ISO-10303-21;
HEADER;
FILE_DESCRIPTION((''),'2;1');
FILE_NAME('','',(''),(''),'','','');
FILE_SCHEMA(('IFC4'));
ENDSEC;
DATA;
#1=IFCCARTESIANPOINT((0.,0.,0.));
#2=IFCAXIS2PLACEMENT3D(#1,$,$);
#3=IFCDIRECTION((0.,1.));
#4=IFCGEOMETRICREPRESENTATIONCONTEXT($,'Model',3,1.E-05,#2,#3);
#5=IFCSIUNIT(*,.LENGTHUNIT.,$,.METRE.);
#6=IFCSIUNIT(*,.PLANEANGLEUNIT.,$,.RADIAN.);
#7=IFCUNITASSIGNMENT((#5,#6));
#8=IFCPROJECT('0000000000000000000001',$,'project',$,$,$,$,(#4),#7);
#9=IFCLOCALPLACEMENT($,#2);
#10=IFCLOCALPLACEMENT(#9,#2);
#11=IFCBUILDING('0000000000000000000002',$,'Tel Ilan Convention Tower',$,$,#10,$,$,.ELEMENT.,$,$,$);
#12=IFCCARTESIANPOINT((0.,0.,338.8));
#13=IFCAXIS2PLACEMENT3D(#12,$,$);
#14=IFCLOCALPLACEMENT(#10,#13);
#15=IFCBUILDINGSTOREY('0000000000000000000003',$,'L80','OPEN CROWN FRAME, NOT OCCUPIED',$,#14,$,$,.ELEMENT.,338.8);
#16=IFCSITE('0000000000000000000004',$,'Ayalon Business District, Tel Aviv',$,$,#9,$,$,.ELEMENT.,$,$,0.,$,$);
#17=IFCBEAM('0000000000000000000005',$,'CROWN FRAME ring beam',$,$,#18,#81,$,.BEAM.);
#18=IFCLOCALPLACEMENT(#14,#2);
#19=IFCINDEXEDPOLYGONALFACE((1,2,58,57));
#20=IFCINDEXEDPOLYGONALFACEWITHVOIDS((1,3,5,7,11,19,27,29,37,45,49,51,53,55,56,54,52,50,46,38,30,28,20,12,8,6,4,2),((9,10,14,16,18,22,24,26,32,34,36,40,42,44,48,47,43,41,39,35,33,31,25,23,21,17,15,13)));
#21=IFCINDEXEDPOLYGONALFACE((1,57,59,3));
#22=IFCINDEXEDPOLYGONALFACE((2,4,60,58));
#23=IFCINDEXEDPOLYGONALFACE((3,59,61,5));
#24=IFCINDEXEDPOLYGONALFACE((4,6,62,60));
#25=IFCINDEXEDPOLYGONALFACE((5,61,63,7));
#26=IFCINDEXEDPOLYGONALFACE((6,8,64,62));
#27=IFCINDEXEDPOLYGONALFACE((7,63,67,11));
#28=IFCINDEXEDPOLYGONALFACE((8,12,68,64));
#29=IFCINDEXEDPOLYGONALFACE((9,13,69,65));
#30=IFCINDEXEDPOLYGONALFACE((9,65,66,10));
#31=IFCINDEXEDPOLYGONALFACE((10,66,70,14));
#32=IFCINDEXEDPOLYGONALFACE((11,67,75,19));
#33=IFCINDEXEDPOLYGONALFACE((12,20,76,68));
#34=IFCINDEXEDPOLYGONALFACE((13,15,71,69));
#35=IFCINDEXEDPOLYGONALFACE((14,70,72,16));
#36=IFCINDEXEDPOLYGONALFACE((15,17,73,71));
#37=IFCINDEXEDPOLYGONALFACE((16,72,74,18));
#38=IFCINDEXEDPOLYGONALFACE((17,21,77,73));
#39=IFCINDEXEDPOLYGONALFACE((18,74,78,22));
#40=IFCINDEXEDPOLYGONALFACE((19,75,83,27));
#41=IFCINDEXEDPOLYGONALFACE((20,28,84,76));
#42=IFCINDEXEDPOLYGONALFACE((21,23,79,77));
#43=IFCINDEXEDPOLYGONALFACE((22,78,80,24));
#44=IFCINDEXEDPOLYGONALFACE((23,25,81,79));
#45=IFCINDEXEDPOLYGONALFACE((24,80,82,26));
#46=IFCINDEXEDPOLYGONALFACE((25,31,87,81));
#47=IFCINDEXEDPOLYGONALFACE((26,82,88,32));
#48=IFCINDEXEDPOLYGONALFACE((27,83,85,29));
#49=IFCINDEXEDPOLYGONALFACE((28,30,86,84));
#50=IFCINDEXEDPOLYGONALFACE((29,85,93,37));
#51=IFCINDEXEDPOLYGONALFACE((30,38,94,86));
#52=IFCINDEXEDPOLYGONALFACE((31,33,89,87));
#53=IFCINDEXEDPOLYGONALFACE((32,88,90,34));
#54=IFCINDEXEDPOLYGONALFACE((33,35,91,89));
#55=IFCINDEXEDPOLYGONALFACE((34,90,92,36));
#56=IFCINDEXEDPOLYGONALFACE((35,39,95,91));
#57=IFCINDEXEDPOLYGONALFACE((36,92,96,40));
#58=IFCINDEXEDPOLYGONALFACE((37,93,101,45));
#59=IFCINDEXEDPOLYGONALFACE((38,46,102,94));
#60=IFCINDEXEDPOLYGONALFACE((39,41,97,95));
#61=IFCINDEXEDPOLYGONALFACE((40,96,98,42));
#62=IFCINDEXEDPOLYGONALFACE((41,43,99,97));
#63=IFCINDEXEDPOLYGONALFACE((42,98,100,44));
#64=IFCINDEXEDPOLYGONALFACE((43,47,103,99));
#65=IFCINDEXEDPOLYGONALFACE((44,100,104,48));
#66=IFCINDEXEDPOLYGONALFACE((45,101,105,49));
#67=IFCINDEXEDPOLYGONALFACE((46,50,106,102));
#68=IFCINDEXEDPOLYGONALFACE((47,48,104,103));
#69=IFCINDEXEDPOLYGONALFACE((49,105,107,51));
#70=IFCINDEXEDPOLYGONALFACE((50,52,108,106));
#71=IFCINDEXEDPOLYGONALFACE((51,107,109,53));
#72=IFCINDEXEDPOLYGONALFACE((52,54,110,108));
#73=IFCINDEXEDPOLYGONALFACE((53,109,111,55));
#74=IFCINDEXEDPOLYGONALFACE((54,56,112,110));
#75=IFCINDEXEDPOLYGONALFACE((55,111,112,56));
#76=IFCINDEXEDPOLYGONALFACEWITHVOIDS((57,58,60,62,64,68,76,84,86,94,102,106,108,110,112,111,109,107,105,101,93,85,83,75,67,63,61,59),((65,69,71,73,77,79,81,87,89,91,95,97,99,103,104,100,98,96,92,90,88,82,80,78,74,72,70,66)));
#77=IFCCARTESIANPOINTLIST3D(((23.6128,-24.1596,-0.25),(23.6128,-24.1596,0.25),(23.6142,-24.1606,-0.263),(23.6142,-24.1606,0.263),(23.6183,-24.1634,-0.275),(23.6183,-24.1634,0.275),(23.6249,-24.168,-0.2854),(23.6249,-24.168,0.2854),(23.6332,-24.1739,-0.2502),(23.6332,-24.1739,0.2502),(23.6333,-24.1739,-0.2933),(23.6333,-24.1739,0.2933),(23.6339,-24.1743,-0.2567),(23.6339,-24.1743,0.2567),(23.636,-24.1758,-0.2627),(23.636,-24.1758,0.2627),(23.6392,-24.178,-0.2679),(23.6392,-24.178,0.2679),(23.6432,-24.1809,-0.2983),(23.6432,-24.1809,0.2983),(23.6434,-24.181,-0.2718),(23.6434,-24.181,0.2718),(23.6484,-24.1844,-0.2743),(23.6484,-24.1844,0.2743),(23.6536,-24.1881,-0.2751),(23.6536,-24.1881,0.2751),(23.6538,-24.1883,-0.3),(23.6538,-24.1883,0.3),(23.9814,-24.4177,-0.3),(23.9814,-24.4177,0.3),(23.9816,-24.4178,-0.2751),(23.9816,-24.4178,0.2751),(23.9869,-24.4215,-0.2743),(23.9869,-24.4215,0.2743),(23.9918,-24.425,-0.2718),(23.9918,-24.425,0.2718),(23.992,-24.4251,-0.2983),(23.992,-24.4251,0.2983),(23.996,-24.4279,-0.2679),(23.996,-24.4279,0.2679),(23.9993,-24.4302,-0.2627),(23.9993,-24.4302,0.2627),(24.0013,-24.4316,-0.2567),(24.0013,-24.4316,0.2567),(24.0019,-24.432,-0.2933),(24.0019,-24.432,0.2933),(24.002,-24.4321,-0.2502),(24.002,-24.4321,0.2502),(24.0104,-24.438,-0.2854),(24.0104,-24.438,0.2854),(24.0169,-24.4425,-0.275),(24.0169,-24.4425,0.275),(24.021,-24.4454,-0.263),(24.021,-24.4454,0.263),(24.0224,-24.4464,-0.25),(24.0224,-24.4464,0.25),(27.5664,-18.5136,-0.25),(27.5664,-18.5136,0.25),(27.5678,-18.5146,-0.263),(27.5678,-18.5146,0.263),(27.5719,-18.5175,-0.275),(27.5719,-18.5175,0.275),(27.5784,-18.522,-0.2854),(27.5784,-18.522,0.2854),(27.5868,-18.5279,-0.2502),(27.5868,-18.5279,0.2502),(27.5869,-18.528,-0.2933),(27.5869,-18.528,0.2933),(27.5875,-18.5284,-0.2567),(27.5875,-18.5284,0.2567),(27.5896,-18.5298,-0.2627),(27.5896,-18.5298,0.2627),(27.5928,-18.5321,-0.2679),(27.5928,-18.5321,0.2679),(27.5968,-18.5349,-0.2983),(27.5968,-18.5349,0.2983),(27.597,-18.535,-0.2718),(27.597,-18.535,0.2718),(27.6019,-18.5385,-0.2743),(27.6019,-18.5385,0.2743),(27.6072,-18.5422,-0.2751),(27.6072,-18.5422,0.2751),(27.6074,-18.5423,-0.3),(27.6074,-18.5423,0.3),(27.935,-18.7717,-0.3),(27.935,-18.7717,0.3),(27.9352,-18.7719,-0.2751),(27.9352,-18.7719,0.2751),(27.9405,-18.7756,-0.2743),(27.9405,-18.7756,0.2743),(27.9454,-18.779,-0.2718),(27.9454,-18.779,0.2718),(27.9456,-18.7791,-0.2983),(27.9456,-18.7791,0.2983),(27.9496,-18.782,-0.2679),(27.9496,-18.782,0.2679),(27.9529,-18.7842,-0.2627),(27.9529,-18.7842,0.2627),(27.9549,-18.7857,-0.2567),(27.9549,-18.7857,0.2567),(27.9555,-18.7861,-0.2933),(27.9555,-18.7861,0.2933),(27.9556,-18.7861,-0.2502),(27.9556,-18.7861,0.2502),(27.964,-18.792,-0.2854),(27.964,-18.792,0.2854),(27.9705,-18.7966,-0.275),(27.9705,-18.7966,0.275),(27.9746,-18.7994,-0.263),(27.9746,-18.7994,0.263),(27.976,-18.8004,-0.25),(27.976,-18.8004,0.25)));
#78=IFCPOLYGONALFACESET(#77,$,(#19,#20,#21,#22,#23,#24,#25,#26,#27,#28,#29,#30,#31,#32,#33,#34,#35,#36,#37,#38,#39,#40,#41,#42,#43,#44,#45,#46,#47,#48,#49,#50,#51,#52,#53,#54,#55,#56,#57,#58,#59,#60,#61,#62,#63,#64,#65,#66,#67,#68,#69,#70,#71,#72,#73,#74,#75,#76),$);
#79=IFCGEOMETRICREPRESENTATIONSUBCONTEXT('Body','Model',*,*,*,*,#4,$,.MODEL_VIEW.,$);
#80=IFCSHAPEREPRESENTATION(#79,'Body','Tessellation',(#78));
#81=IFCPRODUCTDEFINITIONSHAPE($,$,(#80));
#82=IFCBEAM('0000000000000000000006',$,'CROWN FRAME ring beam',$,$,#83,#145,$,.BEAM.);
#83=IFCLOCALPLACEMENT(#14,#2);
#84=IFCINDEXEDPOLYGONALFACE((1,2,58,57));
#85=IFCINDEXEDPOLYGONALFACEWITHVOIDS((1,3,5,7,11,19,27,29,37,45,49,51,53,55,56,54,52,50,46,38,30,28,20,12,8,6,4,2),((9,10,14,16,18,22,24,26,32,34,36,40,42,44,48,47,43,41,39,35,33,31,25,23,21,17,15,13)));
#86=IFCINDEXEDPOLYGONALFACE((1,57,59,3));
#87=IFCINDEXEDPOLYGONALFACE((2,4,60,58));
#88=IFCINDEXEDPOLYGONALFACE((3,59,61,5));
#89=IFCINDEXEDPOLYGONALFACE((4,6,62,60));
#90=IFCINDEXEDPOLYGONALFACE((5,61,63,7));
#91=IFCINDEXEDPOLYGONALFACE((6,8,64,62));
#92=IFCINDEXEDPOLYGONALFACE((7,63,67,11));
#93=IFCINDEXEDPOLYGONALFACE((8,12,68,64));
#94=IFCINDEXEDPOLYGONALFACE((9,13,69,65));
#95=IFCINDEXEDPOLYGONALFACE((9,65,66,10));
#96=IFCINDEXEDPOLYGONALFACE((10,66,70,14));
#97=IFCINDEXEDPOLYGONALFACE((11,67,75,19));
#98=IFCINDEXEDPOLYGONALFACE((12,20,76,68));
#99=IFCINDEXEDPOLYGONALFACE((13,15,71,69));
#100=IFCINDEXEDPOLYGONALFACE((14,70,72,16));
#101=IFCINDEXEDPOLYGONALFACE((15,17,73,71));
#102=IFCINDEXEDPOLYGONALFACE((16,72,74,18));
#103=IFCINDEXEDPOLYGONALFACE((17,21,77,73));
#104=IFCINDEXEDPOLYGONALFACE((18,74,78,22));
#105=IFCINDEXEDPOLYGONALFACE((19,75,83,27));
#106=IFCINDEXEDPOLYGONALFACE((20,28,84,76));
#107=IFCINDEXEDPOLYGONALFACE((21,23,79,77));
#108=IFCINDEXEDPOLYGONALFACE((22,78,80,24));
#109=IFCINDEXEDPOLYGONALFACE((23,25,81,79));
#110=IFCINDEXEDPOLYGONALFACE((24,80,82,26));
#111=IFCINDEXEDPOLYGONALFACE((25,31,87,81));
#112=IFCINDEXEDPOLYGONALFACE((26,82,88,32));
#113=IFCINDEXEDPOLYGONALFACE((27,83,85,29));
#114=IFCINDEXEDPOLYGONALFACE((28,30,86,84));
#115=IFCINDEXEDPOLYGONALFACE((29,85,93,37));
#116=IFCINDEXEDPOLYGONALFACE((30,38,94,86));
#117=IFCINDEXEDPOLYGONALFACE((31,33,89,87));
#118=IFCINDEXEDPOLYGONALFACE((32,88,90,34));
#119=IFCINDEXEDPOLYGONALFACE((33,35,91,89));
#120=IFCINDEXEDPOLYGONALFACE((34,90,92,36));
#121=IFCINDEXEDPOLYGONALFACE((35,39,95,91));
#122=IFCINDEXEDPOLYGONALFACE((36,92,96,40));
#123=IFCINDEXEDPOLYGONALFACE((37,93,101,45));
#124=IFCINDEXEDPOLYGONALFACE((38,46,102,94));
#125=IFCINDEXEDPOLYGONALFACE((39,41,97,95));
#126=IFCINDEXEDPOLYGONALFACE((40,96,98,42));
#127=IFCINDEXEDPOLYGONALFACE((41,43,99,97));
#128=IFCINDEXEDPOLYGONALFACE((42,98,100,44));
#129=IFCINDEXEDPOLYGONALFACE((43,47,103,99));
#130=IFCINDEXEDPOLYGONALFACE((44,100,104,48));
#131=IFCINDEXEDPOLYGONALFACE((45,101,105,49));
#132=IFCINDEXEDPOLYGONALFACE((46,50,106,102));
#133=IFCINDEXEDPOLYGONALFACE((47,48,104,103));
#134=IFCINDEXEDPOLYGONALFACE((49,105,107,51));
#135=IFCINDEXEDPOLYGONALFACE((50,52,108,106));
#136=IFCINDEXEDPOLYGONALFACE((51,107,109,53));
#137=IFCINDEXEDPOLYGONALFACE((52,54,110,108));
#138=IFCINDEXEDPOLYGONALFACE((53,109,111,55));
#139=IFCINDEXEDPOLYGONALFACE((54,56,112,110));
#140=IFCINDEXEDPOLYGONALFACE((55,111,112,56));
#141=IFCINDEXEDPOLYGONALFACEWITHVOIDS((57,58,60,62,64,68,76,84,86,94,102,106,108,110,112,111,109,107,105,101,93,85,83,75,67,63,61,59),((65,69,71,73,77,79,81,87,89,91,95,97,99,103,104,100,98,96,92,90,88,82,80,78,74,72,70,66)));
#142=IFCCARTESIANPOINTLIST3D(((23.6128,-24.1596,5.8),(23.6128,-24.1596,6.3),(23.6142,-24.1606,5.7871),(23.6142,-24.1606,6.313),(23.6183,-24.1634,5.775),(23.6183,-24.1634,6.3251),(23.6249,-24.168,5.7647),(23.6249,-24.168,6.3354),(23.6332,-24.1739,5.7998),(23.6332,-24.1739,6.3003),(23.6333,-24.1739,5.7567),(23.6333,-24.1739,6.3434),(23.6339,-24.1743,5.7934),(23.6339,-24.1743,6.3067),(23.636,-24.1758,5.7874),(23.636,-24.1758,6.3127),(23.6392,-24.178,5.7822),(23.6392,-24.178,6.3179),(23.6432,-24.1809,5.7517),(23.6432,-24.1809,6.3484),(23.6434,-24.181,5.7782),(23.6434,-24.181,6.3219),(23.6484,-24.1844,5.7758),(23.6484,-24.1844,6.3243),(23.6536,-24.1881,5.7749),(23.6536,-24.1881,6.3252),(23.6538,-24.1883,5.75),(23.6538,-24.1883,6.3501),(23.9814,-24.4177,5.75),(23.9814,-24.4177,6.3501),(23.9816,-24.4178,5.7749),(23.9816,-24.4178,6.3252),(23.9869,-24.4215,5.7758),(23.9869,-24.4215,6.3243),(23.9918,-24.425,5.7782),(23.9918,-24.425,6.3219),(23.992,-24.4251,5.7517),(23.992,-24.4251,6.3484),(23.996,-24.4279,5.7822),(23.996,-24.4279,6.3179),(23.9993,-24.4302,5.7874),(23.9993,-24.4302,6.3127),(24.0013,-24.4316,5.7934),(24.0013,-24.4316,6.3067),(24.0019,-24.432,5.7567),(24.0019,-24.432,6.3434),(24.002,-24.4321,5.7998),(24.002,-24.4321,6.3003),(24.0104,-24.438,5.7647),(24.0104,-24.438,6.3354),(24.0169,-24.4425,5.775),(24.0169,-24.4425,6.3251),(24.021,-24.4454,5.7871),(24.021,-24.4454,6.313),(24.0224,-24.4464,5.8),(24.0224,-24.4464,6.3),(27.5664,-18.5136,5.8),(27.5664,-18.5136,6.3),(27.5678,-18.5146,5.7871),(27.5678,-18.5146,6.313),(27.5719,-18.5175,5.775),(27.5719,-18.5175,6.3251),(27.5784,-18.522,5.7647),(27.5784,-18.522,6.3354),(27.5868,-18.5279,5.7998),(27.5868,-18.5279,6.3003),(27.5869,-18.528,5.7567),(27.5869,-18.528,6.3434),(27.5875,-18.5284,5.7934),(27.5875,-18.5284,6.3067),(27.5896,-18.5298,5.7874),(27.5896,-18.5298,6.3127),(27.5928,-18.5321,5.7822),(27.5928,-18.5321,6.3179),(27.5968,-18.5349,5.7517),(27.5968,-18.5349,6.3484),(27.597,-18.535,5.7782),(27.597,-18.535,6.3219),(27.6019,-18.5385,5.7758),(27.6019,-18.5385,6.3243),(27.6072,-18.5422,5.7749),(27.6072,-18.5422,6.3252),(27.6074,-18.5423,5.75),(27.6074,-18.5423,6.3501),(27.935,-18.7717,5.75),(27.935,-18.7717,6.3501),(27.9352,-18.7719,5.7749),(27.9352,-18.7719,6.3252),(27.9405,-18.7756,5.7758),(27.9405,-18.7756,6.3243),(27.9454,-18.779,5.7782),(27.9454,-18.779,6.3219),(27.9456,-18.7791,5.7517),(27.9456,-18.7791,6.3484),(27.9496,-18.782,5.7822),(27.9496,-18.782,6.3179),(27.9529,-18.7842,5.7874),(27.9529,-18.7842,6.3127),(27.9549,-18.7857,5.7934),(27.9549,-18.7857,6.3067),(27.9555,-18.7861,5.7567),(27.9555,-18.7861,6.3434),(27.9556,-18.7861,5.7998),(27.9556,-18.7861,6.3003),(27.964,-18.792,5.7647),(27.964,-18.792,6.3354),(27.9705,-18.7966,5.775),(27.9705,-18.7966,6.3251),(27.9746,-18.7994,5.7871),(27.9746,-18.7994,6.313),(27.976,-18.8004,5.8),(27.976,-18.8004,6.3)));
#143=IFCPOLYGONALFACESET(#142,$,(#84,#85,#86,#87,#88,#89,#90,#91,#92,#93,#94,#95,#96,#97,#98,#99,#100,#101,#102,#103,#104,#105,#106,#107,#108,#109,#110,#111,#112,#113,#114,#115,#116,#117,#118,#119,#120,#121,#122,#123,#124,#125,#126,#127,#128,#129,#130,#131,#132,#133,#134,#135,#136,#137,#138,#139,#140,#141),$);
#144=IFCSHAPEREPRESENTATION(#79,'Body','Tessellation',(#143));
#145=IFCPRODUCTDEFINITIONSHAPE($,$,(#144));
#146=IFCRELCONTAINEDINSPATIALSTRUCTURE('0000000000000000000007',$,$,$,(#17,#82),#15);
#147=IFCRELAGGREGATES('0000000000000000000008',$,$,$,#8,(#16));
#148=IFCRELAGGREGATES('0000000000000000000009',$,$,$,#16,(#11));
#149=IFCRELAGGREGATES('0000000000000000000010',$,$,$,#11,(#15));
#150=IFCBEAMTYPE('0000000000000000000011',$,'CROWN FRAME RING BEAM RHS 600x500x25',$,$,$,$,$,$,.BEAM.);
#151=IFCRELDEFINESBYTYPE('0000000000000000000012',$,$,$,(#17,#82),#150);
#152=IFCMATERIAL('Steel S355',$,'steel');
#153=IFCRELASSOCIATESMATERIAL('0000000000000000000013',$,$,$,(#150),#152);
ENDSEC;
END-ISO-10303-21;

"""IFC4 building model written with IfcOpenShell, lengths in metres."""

from ifc_helpers import new_model, si_unit, direction, frame, origin, origin_2d, place, context, subcontext, project, spatial, hollow_rectangle, extrude, material, material_profile, profile_set, type_object, element, save


model = new_model("IFC4")

# Units and contexts
model_context = context("Model", 3, precision=1e-05, world=origin(), true_north=direction((0.0, 1.0)))
body_context = subcontext(model_context, "Body", "Model", "MODEL_VIEW")
ifc_project = project(units=[si_unit("LENGTHUNIT", "METRE"), si_unit("PLANEANGLEUNIT", "RADIAN")], contexts=[model_context])

# Site, building, storey
site_placement = place(None, origin())
site = spatial("IfcSite", under=ifc_project, at=site_placement, Name="Ayalon Business District, Tel Aviv", CompositionType="ELEMENT", RefElevation=0.0)
building_placement = place(site_placement, origin())
building = spatial("IfcBuilding", under=site, at=building_placement, Name="Tel Ilan Convention Tower", CompositionType="ELEMENT")
storey_placement = place(building_placement, frame((0.0, 0.0, 338.8)))
storey = spatial("IfcBuildingStorey", under=building, at=storey_placement, Name="L80", Description="OPEN CROWN FRAME, NOT OCCUPIED", CompositionType="ELEMENT", Elevation=338.8)

# Beams
ifc_material_1 = material(Name="Steel S355", Category="steel")
ifc_material_profile_1 = material_profile(ifc_material_1, hollow_rectangle(XDim=0.5, YDim=0.6001, WallThickness=0.0249, InnerFilletRadius=0.0249, OuterFilletRadius=0.05, at=origin_2d()), Name="RHS 600x500x25")
ifc_profile_set_1 = profile_set([ifc_material_profile_1], Name="Steel S355")
beam_type = type_object("IfcBeamType", Name="CROWN FRAME RING BEAM RHS 600x500x25", PredefinedType="BEAM", material=ifc_profile_set_1)
for number, where, z_axis, x_axis, name in (
    (1, (23.8176, -24.303, 0.0), (0.5736, 0.819135, 0.0), (-0.819135, 0.5736, 0.0), "CROWN FRAME ring beam"),
    (2, (23.8176, -24.303, 6.05), (0.5736, 0.819135, 0.0), (-0.819135, 0.5736, 0.0), "CROWN FRAME ring beam"),
):
    element("IfcBeam", number, at=place(storey_placement, frame(where, z_axis=z_axis, x_axis=x_axis)), inside=storey, type_object=beam_type, Name=name, PredefinedType="BEAM", context=body_context, shape_type="SweptSolid", body=[
        extrude(hollow_rectangle(XDim=0.5, YDim=0.6001, WallThickness=0.0249, InnerFilletRadius=0.0249, OuterFilletRadius=0.05, at=origin_2d()), origin(), (0.0, 0.0, 1.0), 6.8926),
    ])

save(model, "model.ifc")
